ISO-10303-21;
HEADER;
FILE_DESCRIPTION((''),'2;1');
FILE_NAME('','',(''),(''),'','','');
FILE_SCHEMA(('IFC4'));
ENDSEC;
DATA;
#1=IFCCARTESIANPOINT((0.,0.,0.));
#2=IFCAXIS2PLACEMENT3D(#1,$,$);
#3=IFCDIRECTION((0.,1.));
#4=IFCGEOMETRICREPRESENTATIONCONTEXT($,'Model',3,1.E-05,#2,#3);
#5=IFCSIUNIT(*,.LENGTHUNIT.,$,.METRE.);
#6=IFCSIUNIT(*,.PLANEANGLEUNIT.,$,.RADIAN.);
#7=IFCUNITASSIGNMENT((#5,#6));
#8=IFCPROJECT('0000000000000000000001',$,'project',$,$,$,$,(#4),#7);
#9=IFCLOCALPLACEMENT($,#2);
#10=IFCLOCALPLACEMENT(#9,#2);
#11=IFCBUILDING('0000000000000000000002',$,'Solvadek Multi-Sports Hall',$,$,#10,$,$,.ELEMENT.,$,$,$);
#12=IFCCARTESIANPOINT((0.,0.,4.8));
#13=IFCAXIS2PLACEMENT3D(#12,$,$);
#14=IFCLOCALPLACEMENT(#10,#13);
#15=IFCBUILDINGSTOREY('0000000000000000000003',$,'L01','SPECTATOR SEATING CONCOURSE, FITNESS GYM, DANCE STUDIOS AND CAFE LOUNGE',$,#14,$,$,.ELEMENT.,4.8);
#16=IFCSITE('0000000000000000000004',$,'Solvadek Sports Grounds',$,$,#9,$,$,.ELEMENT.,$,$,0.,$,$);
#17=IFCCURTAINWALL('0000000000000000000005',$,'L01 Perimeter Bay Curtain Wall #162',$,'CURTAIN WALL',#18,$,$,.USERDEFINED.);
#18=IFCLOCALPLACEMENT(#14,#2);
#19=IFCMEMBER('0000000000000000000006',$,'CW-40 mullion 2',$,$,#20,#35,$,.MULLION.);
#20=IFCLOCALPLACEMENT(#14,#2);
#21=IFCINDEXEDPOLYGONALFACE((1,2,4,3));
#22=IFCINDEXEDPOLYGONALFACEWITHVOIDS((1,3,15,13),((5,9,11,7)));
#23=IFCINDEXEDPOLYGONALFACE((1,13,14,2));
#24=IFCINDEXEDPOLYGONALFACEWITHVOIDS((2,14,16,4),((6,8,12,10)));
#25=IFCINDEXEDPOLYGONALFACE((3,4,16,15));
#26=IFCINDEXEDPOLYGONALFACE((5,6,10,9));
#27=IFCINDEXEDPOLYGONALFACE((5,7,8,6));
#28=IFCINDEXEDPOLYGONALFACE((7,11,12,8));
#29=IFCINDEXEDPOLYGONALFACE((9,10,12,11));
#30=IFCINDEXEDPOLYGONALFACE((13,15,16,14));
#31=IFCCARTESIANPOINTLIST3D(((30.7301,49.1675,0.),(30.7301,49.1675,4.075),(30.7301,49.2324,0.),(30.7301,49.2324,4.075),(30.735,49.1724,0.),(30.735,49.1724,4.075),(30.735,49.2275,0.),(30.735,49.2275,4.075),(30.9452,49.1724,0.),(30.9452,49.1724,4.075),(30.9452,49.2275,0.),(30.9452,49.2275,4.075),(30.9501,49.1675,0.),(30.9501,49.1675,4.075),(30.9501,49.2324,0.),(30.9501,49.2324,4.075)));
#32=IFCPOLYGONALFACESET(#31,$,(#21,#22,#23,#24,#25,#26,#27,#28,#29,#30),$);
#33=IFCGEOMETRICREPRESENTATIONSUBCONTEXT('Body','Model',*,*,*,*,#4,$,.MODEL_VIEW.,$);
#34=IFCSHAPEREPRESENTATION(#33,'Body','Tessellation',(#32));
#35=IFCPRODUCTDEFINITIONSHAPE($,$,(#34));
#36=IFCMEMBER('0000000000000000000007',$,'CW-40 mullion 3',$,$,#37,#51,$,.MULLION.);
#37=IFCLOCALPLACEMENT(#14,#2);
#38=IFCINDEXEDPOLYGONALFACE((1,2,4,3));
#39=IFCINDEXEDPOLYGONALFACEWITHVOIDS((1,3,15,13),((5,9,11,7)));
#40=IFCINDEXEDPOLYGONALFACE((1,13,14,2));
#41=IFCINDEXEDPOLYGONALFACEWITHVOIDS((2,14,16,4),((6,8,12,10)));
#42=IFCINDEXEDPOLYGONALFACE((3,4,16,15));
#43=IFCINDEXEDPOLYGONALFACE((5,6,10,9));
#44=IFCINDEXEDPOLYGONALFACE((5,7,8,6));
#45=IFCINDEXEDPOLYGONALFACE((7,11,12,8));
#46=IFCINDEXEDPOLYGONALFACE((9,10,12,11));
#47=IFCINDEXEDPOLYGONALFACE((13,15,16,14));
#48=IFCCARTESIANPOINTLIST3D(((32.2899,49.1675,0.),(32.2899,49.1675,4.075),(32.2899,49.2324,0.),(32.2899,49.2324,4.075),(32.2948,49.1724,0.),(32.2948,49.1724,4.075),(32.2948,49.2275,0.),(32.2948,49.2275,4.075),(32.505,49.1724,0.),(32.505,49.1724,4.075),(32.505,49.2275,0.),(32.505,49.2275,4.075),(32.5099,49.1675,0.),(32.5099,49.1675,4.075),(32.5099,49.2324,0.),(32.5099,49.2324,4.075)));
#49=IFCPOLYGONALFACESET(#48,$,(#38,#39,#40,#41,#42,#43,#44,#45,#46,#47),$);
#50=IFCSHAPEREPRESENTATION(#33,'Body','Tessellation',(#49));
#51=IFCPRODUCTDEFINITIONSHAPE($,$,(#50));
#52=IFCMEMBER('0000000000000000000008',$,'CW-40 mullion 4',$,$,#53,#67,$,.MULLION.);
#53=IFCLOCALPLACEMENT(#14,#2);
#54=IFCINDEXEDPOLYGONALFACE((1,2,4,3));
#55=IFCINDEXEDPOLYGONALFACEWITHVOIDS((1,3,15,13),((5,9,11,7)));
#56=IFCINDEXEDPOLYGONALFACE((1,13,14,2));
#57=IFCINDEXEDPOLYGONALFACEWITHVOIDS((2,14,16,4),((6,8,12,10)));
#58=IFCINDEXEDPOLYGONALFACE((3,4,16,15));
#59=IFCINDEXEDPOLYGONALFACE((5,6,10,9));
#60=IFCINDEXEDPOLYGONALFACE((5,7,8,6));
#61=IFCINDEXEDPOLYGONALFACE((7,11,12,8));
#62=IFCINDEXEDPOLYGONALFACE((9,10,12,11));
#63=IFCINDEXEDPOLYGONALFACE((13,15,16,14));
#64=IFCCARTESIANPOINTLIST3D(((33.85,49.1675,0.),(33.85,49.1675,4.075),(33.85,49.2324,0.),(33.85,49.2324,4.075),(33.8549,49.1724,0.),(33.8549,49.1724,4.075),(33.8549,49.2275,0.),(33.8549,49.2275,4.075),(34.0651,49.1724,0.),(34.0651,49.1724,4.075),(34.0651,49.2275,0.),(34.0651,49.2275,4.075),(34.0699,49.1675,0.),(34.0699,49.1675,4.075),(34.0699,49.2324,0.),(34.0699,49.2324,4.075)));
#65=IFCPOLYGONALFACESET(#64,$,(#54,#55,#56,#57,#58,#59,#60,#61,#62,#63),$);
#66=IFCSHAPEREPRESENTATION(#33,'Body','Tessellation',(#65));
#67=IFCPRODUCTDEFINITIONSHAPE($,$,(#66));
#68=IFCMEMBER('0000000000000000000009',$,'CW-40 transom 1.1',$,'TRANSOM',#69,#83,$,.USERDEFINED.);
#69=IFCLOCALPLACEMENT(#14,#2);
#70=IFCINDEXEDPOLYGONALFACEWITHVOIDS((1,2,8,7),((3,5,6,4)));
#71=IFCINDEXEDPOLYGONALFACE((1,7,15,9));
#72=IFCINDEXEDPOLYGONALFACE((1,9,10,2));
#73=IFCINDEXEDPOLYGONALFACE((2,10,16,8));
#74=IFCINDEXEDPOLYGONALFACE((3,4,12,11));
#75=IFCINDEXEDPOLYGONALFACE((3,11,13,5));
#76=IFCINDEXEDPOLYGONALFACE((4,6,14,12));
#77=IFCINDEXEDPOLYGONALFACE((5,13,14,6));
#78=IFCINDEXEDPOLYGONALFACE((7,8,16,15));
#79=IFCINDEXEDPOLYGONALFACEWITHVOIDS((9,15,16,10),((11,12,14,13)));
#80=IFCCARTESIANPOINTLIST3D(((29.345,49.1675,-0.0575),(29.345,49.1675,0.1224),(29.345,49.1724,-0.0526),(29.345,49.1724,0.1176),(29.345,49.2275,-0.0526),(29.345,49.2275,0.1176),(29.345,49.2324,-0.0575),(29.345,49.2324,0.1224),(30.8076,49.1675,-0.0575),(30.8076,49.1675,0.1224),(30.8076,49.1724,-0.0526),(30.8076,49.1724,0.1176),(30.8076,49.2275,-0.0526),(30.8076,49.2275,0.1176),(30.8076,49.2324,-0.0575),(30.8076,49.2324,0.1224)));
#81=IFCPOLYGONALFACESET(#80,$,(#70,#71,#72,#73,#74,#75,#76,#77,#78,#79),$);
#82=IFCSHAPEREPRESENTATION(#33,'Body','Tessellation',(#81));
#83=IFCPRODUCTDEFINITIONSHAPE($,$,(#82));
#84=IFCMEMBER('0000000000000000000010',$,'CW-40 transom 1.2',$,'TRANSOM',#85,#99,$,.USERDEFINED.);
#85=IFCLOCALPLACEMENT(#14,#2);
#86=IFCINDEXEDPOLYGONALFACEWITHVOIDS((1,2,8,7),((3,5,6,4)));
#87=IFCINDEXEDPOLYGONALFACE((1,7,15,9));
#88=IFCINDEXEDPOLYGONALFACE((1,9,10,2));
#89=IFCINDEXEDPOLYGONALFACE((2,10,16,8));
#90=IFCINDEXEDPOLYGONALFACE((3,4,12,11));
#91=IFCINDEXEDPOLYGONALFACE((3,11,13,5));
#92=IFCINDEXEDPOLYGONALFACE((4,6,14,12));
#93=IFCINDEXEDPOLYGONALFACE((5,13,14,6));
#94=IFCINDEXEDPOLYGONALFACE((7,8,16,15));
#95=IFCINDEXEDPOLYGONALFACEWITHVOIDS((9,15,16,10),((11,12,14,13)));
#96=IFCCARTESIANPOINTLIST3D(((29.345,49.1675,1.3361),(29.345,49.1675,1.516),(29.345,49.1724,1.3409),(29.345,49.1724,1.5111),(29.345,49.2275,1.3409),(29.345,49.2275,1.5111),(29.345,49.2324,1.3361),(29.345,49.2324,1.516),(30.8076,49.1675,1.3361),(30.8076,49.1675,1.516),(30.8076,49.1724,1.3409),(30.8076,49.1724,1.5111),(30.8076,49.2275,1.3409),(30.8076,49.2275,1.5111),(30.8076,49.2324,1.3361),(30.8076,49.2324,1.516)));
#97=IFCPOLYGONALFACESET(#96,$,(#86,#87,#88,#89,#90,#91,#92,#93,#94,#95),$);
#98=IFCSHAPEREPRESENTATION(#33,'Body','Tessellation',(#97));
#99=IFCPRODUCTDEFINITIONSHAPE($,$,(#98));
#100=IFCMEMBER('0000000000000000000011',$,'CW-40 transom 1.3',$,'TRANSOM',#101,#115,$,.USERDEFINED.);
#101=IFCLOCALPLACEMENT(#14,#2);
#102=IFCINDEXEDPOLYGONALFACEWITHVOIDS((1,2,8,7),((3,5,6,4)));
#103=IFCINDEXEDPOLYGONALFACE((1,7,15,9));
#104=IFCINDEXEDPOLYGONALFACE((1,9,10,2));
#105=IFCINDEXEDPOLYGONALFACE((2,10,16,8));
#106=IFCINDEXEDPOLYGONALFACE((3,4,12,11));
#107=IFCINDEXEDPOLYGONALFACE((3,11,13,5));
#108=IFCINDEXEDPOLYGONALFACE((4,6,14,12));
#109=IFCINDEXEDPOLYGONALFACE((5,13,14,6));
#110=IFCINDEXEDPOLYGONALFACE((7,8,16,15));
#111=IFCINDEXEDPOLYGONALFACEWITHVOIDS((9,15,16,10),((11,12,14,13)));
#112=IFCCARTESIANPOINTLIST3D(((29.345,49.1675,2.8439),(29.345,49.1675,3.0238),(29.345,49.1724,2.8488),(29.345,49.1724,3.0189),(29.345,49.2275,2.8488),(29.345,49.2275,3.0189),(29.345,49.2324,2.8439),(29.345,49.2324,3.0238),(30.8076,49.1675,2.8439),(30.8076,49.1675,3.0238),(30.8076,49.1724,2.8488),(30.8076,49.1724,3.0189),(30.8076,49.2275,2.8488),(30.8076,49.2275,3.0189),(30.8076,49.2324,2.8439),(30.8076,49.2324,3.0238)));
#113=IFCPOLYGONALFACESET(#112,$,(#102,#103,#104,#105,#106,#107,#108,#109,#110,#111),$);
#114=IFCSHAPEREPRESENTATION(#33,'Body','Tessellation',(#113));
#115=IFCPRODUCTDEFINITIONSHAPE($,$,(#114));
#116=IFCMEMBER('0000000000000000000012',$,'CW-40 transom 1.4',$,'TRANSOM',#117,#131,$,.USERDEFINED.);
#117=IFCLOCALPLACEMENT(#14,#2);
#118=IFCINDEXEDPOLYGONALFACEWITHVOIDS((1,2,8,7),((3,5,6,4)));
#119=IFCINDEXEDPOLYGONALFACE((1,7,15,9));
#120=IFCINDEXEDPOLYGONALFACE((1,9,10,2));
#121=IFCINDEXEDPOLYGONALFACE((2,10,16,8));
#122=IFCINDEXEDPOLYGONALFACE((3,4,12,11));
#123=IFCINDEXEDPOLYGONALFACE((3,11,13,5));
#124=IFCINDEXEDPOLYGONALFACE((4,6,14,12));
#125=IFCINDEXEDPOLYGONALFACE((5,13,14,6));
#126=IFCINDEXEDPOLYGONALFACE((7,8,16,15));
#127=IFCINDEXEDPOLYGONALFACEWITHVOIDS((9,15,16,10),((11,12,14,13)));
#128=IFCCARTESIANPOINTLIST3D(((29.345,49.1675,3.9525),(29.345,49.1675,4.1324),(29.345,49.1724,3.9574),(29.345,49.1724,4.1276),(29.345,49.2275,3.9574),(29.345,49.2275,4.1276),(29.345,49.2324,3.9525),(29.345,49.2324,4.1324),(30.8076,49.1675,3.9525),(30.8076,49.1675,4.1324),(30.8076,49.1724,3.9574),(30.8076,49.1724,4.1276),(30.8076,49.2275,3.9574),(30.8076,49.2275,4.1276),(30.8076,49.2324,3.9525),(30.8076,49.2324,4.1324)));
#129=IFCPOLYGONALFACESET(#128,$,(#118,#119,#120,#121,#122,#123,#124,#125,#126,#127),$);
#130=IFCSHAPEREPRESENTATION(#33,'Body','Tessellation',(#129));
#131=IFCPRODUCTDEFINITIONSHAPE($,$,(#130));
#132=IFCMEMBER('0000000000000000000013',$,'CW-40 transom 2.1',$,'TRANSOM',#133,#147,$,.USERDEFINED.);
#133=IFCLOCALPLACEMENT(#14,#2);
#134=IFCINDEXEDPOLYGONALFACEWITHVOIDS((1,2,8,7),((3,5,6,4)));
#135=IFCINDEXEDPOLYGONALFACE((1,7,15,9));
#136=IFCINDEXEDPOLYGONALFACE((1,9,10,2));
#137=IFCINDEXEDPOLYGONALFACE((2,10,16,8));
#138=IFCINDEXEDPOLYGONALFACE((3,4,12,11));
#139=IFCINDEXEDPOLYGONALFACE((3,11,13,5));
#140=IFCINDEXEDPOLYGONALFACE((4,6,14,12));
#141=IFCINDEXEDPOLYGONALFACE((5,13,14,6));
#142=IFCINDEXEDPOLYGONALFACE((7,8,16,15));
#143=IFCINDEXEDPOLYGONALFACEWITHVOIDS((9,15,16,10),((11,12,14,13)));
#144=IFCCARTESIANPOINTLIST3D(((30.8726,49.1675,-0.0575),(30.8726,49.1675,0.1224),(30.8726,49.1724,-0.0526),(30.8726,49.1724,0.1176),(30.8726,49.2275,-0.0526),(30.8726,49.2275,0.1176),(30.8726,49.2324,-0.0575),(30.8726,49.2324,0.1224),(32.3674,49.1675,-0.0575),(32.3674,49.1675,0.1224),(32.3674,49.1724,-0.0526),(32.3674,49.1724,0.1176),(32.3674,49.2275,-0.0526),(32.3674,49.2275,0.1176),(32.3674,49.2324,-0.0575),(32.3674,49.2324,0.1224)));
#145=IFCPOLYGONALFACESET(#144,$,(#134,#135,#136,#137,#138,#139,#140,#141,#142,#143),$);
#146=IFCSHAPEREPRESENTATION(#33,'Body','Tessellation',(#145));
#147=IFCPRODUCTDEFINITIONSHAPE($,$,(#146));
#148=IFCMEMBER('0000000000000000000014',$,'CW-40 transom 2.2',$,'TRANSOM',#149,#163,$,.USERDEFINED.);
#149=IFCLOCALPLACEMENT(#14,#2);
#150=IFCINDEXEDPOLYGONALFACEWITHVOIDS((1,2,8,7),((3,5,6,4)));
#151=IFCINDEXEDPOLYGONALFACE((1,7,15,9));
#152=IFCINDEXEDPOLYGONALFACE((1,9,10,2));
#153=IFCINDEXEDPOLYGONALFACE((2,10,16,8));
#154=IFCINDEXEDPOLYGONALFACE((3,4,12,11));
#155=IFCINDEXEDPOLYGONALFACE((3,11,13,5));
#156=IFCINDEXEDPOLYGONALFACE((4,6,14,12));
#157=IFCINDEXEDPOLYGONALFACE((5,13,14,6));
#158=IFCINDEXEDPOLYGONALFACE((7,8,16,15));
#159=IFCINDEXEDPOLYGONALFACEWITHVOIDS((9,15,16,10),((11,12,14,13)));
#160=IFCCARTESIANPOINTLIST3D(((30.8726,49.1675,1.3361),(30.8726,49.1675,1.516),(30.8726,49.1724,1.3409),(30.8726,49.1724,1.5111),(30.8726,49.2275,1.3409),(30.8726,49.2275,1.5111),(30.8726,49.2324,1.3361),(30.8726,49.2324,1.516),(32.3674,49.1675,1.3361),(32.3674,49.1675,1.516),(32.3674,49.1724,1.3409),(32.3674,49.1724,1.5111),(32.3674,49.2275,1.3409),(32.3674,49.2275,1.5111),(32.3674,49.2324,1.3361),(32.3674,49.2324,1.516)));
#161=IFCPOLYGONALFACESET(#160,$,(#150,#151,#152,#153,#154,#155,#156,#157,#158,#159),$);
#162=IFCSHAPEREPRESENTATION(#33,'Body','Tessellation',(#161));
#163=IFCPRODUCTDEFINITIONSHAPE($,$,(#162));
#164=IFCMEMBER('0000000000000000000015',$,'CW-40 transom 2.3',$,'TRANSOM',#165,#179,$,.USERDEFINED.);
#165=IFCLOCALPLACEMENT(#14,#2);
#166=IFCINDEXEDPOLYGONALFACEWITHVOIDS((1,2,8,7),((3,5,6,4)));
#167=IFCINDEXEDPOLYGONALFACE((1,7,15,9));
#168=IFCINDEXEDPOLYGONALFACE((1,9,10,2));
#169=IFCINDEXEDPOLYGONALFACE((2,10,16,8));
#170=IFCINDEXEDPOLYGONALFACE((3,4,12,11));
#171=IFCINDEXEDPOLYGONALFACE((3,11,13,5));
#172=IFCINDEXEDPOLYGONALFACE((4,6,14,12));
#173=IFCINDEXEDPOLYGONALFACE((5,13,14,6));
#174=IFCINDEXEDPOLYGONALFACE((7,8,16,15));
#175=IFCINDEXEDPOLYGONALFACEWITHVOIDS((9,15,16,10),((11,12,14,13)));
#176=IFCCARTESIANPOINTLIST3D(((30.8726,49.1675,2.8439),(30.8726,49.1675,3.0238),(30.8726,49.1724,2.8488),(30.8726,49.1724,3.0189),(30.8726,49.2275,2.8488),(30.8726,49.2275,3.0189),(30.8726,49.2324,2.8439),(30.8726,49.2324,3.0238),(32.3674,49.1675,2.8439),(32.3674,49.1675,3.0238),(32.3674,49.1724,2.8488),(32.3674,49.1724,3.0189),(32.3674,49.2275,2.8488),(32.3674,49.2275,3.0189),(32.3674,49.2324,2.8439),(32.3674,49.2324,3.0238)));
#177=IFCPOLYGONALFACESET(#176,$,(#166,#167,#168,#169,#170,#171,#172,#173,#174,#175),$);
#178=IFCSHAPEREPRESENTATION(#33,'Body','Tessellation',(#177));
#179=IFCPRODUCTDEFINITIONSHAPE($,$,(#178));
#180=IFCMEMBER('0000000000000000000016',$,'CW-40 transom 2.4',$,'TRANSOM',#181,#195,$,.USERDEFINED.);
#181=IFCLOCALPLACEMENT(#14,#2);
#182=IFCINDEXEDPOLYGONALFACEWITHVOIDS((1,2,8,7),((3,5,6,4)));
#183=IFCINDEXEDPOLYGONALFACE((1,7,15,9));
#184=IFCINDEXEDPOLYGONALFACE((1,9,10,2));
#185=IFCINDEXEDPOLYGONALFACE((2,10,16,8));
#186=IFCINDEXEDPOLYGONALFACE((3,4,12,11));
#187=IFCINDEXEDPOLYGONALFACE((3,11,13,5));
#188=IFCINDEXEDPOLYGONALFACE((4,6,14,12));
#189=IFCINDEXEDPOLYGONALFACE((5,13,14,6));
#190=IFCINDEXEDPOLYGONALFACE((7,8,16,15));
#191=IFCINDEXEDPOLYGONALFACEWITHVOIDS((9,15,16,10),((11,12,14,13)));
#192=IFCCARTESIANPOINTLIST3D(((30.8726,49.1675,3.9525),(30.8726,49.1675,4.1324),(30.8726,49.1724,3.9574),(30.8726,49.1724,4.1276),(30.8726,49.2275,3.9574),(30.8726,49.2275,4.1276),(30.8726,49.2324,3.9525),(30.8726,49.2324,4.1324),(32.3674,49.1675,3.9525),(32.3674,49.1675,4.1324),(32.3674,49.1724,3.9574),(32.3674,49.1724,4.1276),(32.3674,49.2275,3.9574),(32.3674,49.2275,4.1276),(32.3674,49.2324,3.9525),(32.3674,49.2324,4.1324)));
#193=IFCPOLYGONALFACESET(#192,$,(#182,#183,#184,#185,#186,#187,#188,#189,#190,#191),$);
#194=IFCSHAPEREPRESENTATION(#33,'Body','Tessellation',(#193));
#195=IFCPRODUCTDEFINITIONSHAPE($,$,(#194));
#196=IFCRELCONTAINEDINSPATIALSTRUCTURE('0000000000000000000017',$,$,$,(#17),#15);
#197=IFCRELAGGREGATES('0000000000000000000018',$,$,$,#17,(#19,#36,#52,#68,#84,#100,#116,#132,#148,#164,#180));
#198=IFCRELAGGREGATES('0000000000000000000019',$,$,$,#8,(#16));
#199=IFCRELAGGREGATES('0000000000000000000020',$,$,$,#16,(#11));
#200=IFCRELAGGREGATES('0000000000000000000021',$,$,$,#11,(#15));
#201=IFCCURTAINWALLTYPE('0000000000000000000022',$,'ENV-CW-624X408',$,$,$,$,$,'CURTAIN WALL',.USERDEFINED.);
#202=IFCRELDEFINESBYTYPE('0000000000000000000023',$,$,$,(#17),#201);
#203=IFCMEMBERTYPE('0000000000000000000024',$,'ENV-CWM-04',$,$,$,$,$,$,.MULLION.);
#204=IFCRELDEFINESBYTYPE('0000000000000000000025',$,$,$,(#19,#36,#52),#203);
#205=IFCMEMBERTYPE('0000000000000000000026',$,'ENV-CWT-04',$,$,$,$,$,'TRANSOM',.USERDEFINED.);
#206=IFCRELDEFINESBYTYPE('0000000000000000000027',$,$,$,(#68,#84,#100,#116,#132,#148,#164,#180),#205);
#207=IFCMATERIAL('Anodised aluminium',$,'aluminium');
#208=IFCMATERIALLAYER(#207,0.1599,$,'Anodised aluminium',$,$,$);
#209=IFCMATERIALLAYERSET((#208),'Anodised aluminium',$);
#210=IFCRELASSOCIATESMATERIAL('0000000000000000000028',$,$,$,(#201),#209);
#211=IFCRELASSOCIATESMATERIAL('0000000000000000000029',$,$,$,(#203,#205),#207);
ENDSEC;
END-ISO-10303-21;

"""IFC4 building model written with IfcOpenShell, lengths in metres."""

from ifc_helpers import new_model, si_unit, direction, frame, origin, origin_2d, place, context, subcontext, project, spatial, hollow_rectangle, extrude, material, layer, layer_set, material_profile, profile_set, type_object, element, aggregate, save


model = new_model("IFC4")

# Units and contexts
model_context = context("Model", 3, precision=1e-05, world=origin(), true_north=direction((0.0, 1.0)))
body_context = subcontext(model_context, "Body", "Model", "MODEL_VIEW")
ifc_project = project(units=[si_unit("LENGTHUNIT", "METRE"), si_unit("PLANEANGLEUNIT", "RADIAN")], contexts=[model_context])

# Site, building, storey
site_placement = place(None, origin())
site = spatial("IfcSite", under=ifc_project, at=site_placement, Name="Solvadek Sports Grounds", CompositionType="ELEMENT", RefElevation=0.0)
building_placement = place(site_placement, origin())
building = spatial("IfcBuilding", under=site, at=building_placement, Name="Solvadek Multi-Sports Hall", CompositionType="ELEMENT")
storey_placement = place(building_placement, frame((0.0, 0.0, 4.8)))
storey = spatial("IfcBuildingStorey", under=building, at=storey_placement, Name="L01", Description="SPECTATOR SEATING CONCOURSE, FITNESS GYM, DANCE STUDIOS AND CAFE LOUNGE", CompositionType="ELEMENT", Elevation=4.8)

# Curtain wall, members
ifc_material_1 = material(Name="Anodised aluminium", Category="aluminium")
ifc_layer_1 = layer(ifc_material_1, 0.1599, Name="Anodised aluminium")
ifc_layer_set_1 = layer_set([ifc_layer_1], Name="Anodised aluminium")
curtain_wall_type = type_object("IfcCurtainWallType", Name="ENV-CW-624X408", ElementType="CURTAIN WALL", PredefinedType="USERDEFINED", material=ifc_layer_set_1)
curtain_wall_placement = place(storey_placement, origin())
curtain_wall = element("IfcCurtainWall", 1, at=curtain_wall_placement, inside=storey, type_object=curtain_wall_type, Name="L01 Perimeter Bay Curtain Wall #162", ObjectType="CURTAIN WALL", PredefinedType="USERDEFINED")
ifc_material_profile_1 = material_profile(ifc_material_1, hollow_rectangle(XDim=0.0649, YDim=0.22, WallThickness=0.0049, at=origin_2d()), Name="ALU-M 220x65x5")
ifc_profile_set_1 = profile_set([ifc_material_profile_1], Name="Anodised aluminium")
member_type_1 = type_object("IfcMemberType", Name="ENV-CWM-04", PredefinedType="MULLION", material=ifc_profile_set_1)
member_1_placement = place(storey_placement, frame((30.8401, 49.2, 0.0), z_axis=(0.0, 0.0, 1.0), x_axis=(0.0, 1.0, 0.0)))
member_1 = element("IfcMember", 2, at=member_1_placement, type_object=member_type_1, Name="CW-40 mullion 2", PredefinedType="MULLION", context=body_context, shape_type="SweptSolid", body=[
    extrude(hollow_rectangle(XDim=0.0649, YDim=0.22, WallThickness=0.0049, at=origin_2d()), origin(), (0.0, 0.0, 1.0), 4.075),
])
member_2_placement = place(storey_placement, frame((32.3999, 49.2, 0.0), z_axis=(0.0, 0.0, 1.0), x_axis=(0.0, 1.0, 0.0)))
member_2 = element("IfcMember", 3, at=member_2_placement, type_object=member_type_1, Name="CW-40 mullion 3", PredefinedType="MULLION", context=body_context, shape_type="SweptSolid", body=[
    extrude(hollow_rectangle(XDim=0.0649, YDim=0.22, WallThickness=0.0049, at=origin_2d()), origin(), (0.0, 0.0, 1.0), 4.075),
])
member_3_placement = place(storey_placement, frame((33.96, 49.2, 0.0), z_axis=(0.0, 0.0, 1.0), x_axis=(0.0, 1.0, 0.0)))
member_3 = element("IfcMember", 4, at=member_3_placement, type_object=member_type_1, Name="CW-40 mullion 4", PredefinedType="MULLION", context=body_context, shape_type="SweptSolid", body=[
    extrude(hollow_rectangle(XDim=0.0649, YDim=0.22, WallThickness=0.0049, at=origin_2d()), origin(), (0.0, 0.0, 1.0), 4.075),
])
ifc_material_profile_2 = material_profile(ifc_material_1, hollow_rectangle(XDim=0.0649, YDim=0.1799, WallThickness=0.0049, at=origin_2d()), Name="ALU-T 180x65x5")
ifc_profile_set_2 = profile_set([ifc_material_profile_2], Name="Anodised aluminium")
member_type_2 = type_object("IfcMemberType", Name="ENV-CWT-04", ElementType="TRANSOM", PredefinedType="USERDEFINED", material=ifc_profile_set_2)
member_4_placement = place(storey_placement, frame((29.345, 49.2, 0.0325), z_axis=(1.0, 0.0, 0.0), x_axis=(0.0, 1.0, 0.0)))
member_4 = element("IfcMember", 5, at=member_4_placement, type_object=member_type_2, Name="CW-40 transom 1.1", ObjectType="TRANSOM", PredefinedType="USERDEFINED", context=body_context, shape_type="SweptSolid", body=[
    extrude(hollow_rectangle(XDim=0.0649, YDim=0.1799, WallThickness=0.0049, at=origin_2d()), origin(), (0.0, 0.0, 1.0), 1.4626),
])
member_5_placement = place(storey_placement, frame((29.345, 49.2, 1.426), z_axis=(1.0, 0.0, 0.0), x_axis=(0.0, 1.0, 0.0)))
member_5 = element("IfcMember", 6, at=member_5_placement, type_object=member_type_2, Name="CW-40 transom 1.2", ObjectType="TRANSOM", PredefinedType="USERDEFINED", context=body_context, shape_type="SweptSolid", body=[
    extrude(hollow_rectangle(XDim=0.0649, YDim=0.1799, WallThickness=0.0049, at=origin_2d()), origin(), (0.0, 0.0, 1.0), 1.4626),
])
member_6_placement = place(storey_placement, frame((29.345, 49.2, 2.9338), z_axis=(1.0, 0.0, 0.0), x_axis=(0.0, 1.0, 0.0)))
member_6 = element("IfcMember", 7, at=member_6_placement, type_object=member_type_2, Name="CW-40 transom 1.3", ObjectType="TRANSOM", PredefinedType="USERDEFINED", context=body_context, shape_type="SweptSolid", body=[
    extrude(hollow_rectangle(XDim=0.0649, YDim=0.1799, WallThickness=0.0049, at=origin_2d()), origin(), (0.0, 0.0, 1.0), 1.4626),
])
member_7_placement = place(storey_placement, frame((29.345, 49.2, 4.0425), z_axis=(1.0, 0.0, 0.0), x_axis=(0.0, 1.0, 0.0)))
member_7 = element("IfcMember", 8, at=member_7_placement, type_object=member_type_2, Name="CW-40 transom 1.4", ObjectType="TRANSOM", PredefinedType="USERDEFINED", context=body_context, shape_type="SweptSolid", body=[
    extrude(hollow_rectangle(XDim=0.0649, YDim=0.1799, WallThickness=0.0049, at=origin_2d()), origin(), (0.0, 0.0, 1.0), 1.4626),
])
member_8_placement = place(storey_placement, frame((30.8726, 49.2, 0.0325), z_axis=(1.0, 0.0, 0.0), x_axis=(0.0, 1.0, 0.0)))
member_8 = element("IfcMember", 9, at=member_8_placement, type_object=member_type_2, Name="CW-40 transom 2.1", ObjectType="TRANSOM", PredefinedType="USERDEFINED", context=body_context, shape_type="SweptSolid", body=[
    extrude(hollow_rectangle(XDim=0.0649, YDim=0.1799, WallThickness=0.0049, at=origin_2d()), origin(), (0.0, 0.0, 1.0), 1.4949),
])
member_9_placement = place(storey_placement, frame((30.8726, 49.2, 1.426), z_axis=(1.0, 0.0, 0.0), x_axis=(0.0, 1.0, 0.0)))
member_9 = element("IfcMember", 10, at=member_9_placement, type_object=member_type_2, Name="CW-40 transom 2.2", ObjectType="TRANSOM", PredefinedType="USERDEFINED", context=body_context, shape_type="SweptSolid", body=[
    extrude(hollow_rectangle(XDim=0.0649, YDim=0.1799, WallThickness=0.0049, at=origin_2d()), origin(), (0.0, 0.0, 1.0), 1.4949),
])
member_10_placement = place(storey_placement, frame((30.8726, 49.2, 2.9338), z_axis=(1.0, 0.0, 0.0), x_axis=(0.0, 1.0, 0.0)))
member_10 = element("IfcMember", 11, at=member_10_placement, type_object=member_type_2, Name="CW-40 transom 2.3", ObjectType="TRANSOM", PredefinedType="USERDEFINED", context=body_context, shape_type="SweptSolid", body=[
    extrude(hollow_rectangle(XDim=0.0649, YDim=0.1799, WallThickness=0.0049, at=origin_2d()), origin(), (0.0, 0.0, 1.0), 1.4949),
])
member_11_placement = place(storey_placement, frame((30.8726, 49.2, 4.0425), z_axis=(1.0, 0.0, 0.0), x_axis=(0.0, 1.0, 0.0)))
member_11 = element("IfcMember", 12, at=member_11_placement, type_object=member_type_2, Name="CW-40 transom 2.4", ObjectType="TRANSOM", PredefinedType="USERDEFINED", context=body_context, shape_type="SweptSolid", body=[
    extrude(hollow_rectangle(XDim=0.0649, YDim=0.1799, WallThickness=0.0049, at=origin_2d()), origin(), (0.0, 0.0, 1.0), 1.4949),
])
aggregate(curtain_wall, [member_1, member_2, member_3, member_4, member_5, member_6, member_7, member_8, member_9, member_10, member_11])

save(model, "model.ifc")
